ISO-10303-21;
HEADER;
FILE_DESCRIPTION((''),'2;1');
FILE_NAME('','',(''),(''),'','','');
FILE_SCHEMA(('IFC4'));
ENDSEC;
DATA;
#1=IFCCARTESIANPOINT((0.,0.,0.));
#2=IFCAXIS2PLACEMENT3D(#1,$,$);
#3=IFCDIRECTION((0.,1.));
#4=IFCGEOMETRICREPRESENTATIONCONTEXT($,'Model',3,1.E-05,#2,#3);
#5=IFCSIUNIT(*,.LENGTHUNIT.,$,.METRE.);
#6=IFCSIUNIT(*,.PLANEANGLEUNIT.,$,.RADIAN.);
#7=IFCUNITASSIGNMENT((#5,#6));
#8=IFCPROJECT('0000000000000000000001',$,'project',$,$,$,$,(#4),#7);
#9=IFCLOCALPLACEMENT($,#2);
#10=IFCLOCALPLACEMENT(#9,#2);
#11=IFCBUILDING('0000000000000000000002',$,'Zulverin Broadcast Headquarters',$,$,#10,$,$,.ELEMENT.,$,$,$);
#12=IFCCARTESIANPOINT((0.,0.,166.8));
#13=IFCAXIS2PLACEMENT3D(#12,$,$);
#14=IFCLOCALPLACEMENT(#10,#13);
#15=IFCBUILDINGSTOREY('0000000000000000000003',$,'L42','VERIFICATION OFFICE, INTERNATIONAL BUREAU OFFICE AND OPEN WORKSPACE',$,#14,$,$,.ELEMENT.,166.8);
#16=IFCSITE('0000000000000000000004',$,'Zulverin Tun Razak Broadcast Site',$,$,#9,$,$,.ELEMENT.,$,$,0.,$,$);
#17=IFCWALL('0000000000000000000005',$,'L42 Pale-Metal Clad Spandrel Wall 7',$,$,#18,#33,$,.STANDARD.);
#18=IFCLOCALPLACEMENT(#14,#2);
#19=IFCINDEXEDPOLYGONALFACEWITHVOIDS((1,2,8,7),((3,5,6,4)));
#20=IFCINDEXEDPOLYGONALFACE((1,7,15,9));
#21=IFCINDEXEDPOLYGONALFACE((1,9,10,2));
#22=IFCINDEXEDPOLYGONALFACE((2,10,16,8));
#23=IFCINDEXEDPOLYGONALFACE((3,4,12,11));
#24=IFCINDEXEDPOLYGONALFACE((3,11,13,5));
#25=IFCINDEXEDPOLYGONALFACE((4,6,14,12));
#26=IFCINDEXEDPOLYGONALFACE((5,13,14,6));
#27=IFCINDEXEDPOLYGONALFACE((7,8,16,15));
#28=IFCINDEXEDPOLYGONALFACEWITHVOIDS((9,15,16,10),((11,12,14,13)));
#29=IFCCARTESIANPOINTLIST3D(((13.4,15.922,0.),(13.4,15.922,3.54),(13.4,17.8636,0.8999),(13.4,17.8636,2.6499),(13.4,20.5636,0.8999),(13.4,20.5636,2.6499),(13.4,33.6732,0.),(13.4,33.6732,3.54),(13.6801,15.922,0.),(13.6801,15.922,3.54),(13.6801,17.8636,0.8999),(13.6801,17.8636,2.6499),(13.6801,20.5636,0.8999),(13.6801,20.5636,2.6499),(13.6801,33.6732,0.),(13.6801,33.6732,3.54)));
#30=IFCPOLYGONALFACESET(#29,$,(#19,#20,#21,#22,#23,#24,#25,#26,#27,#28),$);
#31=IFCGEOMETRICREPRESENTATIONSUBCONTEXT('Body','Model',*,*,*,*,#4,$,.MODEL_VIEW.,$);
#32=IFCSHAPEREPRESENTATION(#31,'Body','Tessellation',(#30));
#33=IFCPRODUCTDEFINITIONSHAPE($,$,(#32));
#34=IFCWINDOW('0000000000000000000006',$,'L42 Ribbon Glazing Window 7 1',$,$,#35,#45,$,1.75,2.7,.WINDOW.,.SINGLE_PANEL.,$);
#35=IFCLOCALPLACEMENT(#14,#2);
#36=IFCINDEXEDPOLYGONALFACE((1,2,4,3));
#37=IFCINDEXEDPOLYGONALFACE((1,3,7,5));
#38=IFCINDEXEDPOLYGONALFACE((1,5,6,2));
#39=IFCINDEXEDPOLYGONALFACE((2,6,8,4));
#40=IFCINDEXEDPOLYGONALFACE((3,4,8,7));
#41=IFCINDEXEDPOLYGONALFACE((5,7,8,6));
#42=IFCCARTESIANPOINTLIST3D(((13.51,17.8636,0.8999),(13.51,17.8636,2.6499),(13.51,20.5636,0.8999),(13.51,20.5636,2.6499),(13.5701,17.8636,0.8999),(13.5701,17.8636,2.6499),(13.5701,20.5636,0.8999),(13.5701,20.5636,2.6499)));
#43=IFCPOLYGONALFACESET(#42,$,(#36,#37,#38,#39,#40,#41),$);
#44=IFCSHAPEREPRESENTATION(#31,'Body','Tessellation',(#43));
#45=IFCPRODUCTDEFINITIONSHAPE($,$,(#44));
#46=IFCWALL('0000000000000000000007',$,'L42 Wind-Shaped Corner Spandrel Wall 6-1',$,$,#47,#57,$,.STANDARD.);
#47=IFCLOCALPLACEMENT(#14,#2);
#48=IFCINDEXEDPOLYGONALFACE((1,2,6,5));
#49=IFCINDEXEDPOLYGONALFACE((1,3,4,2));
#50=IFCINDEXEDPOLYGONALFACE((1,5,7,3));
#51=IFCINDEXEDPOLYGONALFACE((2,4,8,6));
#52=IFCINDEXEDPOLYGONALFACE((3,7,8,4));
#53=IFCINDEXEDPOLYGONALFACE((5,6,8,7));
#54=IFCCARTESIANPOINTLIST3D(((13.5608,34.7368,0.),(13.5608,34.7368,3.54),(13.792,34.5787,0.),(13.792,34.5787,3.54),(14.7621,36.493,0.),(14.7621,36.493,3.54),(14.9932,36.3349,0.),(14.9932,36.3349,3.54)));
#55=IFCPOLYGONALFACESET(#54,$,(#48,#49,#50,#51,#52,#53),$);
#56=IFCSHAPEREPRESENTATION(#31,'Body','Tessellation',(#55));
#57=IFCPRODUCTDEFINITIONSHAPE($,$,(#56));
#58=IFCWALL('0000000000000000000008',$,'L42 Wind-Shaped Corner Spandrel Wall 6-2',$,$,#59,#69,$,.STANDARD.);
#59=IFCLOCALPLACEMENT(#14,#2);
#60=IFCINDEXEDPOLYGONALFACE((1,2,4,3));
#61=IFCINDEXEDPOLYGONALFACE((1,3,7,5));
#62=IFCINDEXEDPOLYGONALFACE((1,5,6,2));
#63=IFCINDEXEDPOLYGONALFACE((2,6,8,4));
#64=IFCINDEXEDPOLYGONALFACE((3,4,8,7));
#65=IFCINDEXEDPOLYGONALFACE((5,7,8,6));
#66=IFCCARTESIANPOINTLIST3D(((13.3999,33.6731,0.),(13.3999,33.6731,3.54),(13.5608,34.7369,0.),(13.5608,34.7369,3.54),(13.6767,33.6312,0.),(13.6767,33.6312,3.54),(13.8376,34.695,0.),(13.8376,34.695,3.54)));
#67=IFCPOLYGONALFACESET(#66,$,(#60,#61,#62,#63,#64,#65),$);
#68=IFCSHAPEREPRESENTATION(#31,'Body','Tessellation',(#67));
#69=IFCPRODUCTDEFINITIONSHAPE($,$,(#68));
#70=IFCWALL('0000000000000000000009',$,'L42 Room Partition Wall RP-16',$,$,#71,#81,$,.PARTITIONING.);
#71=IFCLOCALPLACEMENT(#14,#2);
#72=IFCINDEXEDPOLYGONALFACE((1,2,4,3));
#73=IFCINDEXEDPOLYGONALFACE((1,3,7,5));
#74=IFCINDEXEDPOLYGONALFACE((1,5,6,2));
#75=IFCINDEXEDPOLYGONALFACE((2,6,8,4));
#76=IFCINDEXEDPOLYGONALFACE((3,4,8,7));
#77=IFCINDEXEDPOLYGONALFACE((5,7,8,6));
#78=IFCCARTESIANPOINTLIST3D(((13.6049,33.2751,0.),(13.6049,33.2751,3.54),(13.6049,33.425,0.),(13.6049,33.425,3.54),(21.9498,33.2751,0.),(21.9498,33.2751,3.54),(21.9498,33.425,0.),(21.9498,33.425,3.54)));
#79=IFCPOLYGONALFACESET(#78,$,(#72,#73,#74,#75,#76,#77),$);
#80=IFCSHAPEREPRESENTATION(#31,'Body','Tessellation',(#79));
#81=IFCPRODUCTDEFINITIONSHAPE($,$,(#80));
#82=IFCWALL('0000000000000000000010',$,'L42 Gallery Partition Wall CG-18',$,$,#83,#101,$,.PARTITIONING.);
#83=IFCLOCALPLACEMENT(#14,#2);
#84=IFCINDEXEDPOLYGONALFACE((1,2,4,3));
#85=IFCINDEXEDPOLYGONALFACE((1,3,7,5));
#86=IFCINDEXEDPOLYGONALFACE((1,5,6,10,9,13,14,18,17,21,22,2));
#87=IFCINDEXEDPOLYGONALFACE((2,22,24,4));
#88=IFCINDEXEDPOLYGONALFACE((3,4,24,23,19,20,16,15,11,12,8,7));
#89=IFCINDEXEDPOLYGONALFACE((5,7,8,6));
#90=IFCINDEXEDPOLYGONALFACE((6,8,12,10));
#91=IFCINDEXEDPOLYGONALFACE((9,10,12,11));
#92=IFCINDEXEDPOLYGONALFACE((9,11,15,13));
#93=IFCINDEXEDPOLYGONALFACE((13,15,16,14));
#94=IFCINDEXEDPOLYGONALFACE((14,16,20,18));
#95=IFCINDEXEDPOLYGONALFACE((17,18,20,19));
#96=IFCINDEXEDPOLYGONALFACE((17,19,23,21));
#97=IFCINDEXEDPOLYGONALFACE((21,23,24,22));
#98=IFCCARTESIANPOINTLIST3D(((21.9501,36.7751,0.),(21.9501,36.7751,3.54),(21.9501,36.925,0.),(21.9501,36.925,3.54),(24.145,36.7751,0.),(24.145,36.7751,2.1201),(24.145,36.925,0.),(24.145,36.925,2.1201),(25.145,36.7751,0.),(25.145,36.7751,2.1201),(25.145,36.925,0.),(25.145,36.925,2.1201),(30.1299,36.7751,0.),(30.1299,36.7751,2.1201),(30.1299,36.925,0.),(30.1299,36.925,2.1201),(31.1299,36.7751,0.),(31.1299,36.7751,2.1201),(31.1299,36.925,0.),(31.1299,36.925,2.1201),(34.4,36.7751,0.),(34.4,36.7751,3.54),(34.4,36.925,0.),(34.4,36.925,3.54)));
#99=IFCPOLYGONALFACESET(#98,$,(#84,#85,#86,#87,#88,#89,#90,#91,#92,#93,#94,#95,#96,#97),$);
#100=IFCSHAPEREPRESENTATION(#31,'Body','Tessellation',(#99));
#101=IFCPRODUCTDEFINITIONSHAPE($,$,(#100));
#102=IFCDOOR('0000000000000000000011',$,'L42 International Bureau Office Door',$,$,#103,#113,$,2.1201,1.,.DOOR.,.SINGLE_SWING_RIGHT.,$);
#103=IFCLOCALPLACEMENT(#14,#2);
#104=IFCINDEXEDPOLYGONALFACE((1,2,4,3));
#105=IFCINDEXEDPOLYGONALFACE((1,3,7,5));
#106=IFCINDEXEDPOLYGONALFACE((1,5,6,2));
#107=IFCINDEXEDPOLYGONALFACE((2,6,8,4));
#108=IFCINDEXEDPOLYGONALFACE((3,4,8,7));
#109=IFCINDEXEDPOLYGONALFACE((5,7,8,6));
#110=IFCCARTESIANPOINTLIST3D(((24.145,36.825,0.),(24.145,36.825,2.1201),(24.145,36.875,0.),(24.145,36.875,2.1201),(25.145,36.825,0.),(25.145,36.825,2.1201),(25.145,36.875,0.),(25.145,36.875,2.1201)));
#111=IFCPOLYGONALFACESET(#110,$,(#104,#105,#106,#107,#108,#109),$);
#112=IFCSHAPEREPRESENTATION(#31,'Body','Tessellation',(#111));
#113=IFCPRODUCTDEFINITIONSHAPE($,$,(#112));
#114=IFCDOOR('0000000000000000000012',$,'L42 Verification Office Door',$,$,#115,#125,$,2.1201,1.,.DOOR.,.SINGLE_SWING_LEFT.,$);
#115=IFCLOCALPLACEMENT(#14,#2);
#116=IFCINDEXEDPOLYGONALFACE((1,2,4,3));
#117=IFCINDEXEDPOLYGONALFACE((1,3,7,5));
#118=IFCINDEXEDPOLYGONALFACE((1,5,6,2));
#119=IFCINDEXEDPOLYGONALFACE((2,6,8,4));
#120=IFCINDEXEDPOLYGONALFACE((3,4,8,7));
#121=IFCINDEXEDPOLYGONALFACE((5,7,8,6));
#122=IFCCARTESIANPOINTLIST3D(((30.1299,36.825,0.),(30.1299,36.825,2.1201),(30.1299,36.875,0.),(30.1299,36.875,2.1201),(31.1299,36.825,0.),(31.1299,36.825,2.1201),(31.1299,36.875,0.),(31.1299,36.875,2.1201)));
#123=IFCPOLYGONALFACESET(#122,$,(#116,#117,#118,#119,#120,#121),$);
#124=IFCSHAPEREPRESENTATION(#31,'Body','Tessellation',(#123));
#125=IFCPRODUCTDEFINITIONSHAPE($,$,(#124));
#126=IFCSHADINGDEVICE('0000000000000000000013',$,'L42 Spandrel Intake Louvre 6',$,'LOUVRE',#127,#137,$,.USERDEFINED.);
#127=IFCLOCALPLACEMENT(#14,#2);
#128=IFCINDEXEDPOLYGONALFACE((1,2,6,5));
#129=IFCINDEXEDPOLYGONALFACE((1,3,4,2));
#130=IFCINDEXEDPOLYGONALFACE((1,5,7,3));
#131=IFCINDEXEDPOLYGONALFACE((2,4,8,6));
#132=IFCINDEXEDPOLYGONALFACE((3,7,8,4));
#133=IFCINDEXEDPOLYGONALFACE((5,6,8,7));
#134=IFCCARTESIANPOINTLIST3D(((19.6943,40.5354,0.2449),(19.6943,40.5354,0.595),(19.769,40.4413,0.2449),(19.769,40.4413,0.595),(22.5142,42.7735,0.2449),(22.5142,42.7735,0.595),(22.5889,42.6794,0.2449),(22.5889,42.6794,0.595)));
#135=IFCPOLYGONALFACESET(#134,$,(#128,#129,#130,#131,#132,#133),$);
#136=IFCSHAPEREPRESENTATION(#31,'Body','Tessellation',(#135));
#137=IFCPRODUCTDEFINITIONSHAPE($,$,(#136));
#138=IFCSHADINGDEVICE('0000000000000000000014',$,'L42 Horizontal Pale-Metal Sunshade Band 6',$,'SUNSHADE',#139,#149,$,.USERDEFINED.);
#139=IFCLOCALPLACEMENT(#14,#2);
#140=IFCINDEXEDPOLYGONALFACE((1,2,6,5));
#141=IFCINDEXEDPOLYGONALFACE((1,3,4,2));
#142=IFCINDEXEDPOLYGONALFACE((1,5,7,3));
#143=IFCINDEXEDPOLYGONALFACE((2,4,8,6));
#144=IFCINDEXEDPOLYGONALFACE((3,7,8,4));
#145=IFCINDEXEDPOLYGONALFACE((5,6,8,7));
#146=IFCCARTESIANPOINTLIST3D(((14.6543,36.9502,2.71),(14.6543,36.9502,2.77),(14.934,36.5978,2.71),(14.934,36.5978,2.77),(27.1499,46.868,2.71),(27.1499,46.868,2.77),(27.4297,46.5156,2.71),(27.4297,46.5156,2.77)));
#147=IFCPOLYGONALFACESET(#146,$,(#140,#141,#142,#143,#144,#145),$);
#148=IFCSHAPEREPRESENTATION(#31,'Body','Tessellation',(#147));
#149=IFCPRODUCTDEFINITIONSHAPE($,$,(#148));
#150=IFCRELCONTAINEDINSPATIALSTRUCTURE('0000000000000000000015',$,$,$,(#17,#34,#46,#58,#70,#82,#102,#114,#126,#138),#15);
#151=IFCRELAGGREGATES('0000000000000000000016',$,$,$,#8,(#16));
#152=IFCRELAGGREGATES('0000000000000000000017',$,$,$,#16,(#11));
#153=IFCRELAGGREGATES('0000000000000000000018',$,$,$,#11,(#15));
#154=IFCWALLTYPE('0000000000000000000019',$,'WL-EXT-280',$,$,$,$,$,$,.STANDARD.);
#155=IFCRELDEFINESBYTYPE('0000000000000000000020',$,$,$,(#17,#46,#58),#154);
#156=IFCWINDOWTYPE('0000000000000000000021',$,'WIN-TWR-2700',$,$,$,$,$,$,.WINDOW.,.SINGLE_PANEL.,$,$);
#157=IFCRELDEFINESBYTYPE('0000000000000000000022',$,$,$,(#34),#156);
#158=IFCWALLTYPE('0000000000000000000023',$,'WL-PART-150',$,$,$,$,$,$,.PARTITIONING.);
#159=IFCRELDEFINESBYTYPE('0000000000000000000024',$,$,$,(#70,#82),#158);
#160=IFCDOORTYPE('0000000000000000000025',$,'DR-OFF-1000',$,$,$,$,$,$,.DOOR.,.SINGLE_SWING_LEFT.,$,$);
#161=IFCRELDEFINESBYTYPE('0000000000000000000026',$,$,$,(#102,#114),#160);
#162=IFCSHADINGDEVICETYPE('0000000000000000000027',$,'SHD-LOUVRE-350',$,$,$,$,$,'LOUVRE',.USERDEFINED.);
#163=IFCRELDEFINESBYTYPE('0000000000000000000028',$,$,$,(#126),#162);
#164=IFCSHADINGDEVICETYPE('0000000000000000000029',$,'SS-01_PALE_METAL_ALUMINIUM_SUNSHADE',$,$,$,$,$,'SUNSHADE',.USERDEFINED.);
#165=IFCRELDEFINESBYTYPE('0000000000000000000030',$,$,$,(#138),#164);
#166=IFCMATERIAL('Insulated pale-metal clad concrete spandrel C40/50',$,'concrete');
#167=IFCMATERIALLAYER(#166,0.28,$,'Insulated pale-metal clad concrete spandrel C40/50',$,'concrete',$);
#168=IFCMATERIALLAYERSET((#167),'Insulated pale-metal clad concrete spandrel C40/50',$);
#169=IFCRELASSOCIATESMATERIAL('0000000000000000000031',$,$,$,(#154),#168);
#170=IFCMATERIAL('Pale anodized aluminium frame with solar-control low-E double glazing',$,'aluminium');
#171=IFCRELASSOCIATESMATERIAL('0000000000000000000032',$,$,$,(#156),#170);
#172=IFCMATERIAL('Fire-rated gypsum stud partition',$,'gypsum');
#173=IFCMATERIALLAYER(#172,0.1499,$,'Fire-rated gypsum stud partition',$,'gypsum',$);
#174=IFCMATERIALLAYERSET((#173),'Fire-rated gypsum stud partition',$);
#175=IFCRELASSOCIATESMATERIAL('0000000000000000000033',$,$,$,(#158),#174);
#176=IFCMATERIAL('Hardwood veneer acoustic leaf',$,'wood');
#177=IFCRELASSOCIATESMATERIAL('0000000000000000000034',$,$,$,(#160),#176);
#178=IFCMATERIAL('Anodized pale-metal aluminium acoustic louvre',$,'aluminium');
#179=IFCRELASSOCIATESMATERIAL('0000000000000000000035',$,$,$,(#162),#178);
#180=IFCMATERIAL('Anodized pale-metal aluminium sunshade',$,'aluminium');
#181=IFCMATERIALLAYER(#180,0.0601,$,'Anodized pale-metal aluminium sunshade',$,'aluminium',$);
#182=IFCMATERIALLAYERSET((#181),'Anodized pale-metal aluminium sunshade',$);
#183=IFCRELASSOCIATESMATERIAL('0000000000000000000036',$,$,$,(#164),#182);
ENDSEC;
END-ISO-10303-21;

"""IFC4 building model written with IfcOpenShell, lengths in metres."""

from ifc_helpers import new_model, si_unit, direction, frame, frame_2d, origin, origin_2d, place, context, subcontext, project, spatial, rectangle, extrude, material, layer, layer_set, type_object, element, fill, save


model = new_model("IFC4")

# Units and contexts
model_context = context("Model", 3, precision=1e-05, world=origin(), true_north=direction((0.0, 1.0)))
body_context = subcontext(model_context, "Body", "Model", "MODEL_VIEW")
ifc_project = project(units=[si_unit("LENGTHUNIT", "METRE"), si_unit("PLANEANGLEUNIT", "RADIAN")], contexts=[model_context])

# Site, building, storey
site_placement = place(None, origin())
site = spatial("IfcSite", under=ifc_project, at=site_placement, Name="Zulverin Tun Razak Broadcast Site", CompositionType="ELEMENT", RefElevation=0.0)
building_placement = place(site_placement, origin())
building = spatial("IfcBuilding", under=site, at=building_placement, Name="Zulverin Broadcast Headquarters", CompositionType="ELEMENT")
storey_placement = place(building_placement, frame((0.0, 0.0, 166.8)))
storey = spatial("IfcBuildingStorey", under=building, at=storey_placement, Name="L42", Description="VERIFICATION OFFICE, INTERNATIONAL BUREAU OFFICE AND OPEN WORKSPACE", CompositionType="ELEMENT", Elevation=166.8)

# Wall, opening, window
ifc_material_1 = material(Name="Insulated pale-metal clad concrete spandrel C40/50", Category="concrete")
ifc_layer_1 = layer(ifc_material_1, 0.28, Name="Insulated pale-metal clad concrete spandrel C40/50", Category="concrete")
ifc_layer_set_1 = layer_set([ifc_layer_1], Name="Insulated pale-metal clad concrete spandrel C40/50")
wall_type_1 = type_object("IfcWallType", Name="WL-EXT-280", PredefinedType="STANDARD", material=ifc_layer_set_1)
wall_1_placement = place(storey_placement, frame((13.54, 33.6731, 0.0), z_axis=(0.0, 0.0, 1.0), x_axis=(0.0, -1.0, 0.0)))
wall_1 = element("IfcWall", 1, at=wall_1_placement, inside=storey, type_object=wall_type_1, Name="L42 Pale-Metal Clad Spandrel Wall 7", PredefinedType="STANDARD", context=body_context, shape_type="SweptSolid", body=[
    extrude(rectangle(XDim=17.7512, YDim=0.28, at=frame_2d((8.8755, 0.0))), origin(), (0.0, 0.0, 1.0), 3.54),
])
opening_1_placement = place(wall_1_placement, frame((13.1094, 0.0, 0.8999)))
opening_1 = element("IfcOpeningElement", 2, at=opening_1_placement, cuts=wall_1, PredefinedType="OPENING", context=body_context, shape_type="SweptSolid", body=[
    extrude(rectangle(XDim=2.7, YDim=1.75, at=frame_2d((1.3501, 0.875))), frame((0.0, 0.1499, 0.0), z_axis=(0.0, -1.0, 0.0), x_axis=(1.0, 0.0, 0.0)), (0.0, 0.0, 1.0), 0.3),
])
ifc_material_2 = material(Name="Pale anodized aluminium frame with solar-control low-E double glazing", Category="aluminium")
window_type = type_object("IfcWindowType", Name="WIN-TWR-2700", PartitioningType="SINGLE_PANEL", PredefinedType="WINDOW", material=ifc_material_2)
window_placement = place(opening_1_placement, origin())
window = element("IfcWindow", 3, at=window_placement, inside=storey, type_object=window_type, Name="L42 Ribbon Glazing Window 7 1", OverallHeight=1.75, OverallWidth=2.7, PartitioningType="SINGLE_PANEL", PredefinedType="WINDOW", context=body_context, shape_type="SweptSolid", body=[
    extrude(rectangle(XDim=2.7, YDim=1.75, at=frame_2d((1.3501, 0.875))), frame((0.0, 0.03, 0.0), z_axis=(0.0, -1.0, 0.0), x_axis=(1.0, 0.0, 0.0)), (0.0, 0.0, 1.0), 0.0601),
])
fill(opening_1, window)

# Walls
wall_2_placement = place(storey_placement, frame((14.8777, 36.4141, 0.0), z_axis=(0.0, 0.0, 1.0), x_axis=(-0.564565, -0.825389, 0.0)))
element("IfcWall", 4, at=wall_2_placement, inside=storey, type_object=wall_type_1, Name="L42 Wind-Shaped Corner Spandrel Wall 6-1", PredefinedType="STANDARD", context=body_context, shape_type="SweptSolid", body=[
    extrude(rectangle(XDim=2.1277, YDim=0.28, at=frame_2d((1.064, 0.0))), origin(), (0.0, 0.0, 1.0), 3.54),
])
wall_3_placement = place(storey_placement, frame((13.6992, 34.7161, 0.0), z_axis=(0.0, 0.0, 1.0), x_axis=(-0.14955, -0.988754, 0.0)))
element("IfcWall", 5, at=wall_3_placement, inside=storey, type_object=wall_type_1, Name="L42 Wind-Shaped Corner Spandrel Wall 6-2", PredefinedType="STANDARD", context=body_context, shape_type="SweptSolid", body=[
    extrude(rectangle(XDim=1.0759, YDim=0.28, at=frame_2d((0.5381, 0.0))), origin(), (0.0, 0.0, 1.0), 3.54),
])
ifc_material_3 = material(Name="Fire-rated gypsum stud partition", Category="gypsum")
ifc_layer_2 = layer(ifc_material_3, 0.1499, Name="Fire-rated gypsum stud partition", Category="gypsum")
ifc_layer_set_2 = layer_set([ifc_layer_2], Name="Fire-rated gypsum stud partition")
wall_type_2 = type_object("IfcWallType", Name="WL-PART-150", PredefinedType="PARTITIONING", material=ifc_layer_set_2)
wall_4_placement = place(storey_placement, frame((13.605, 33.3501, 0.0), z_axis=(0.0, 0.0, 1.0), x_axis=(1.0, 0.0, 0.0)))
element("IfcWall", 6, at=wall_4_placement, inside=storey, type_object=wall_type_2, Name="L42 Room Partition Wall RP-16", PredefinedType="PARTITIONING", context=body_context, shape_type="SweptSolid", body=[
    extrude(rectangle(XDim=8.345, YDim=0.1499, at=frame_2d((4.1724, 0.0))), origin(), (0.0, 0.0, 1.0), 3.54),
])

# Wall, openings, doors
wall_5_placement = place(storey_placement, frame((21.95, 36.8501, 0.0), z_axis=(0.0, 0.0, 1.0), x_axis=(1.0, 0.0, 0.0)))
wall_5 = element("IfcWall", 7, at=wall_5_placement, inside=storey, type_object=wall_type_2, Name="L42 Gallery Partition Wall CG-18", PredefinedType="PARTITIONING", context=body_context, shape_type="SweptSolid", body=[
    extrude(rectangle(XDim=12.45, YDim=0.1499, at=frame_2d((6.2251, 0.0))), origin(), (0.0, 0.0, 1.0), 3.54),
])
opening_2_placement = place(wall_5_placement, frame((2.1951, 0.0, 0.0)))
opening_2 = element("IfcOpeningElement", 8, at=opening_2_placement, cuts=wall_5, PredefinedType="OPENING", context=body_context, shape_type="SweptSolid", body=[
    extrude(rectangle(XDim=1.0, YDim=2.1201, at=frame_2d((0.5, 1.0601))), frame((0.0, 0.085, 0.0), z_axis=(0.0, -1.0, 0.0), x_axis=(1.0, 0.0, 0.0)), (0.0, 0.0, 1.0), 0.1699),
])
opening_3_placement = place(wall_5_placement, frame((8.1799, 0.0, 0.0)))
opening_3 = element("IfcOpeningElement", 9, at=opening_3_placement, cuts=wall_5, PredefinedType="OPENING", context=body_context, shape_type="SweptSolid", body=[
    extrude(rectangle(XDim=1.0, YDim=2.1201, at=frame_2d((0.5, 1.0601))), frame((0.0, 0.085, 0.0), z_axis=(0.0, -1.0, 0.0), x_axis=(1.0, 0.0, 0.0)), (0.0, 0.0, 1.0), 0.1699),
])
ifc_material_4 = material(Name="Hardwood veneer acoustic leaf", Category="wood")
door_type = type_object("IfcDoorType", Name="DR-OFF-1000", OperationType="SINGLE_SWING_LEFT", PredefinedType="DOOR", material=ifc_material_4)
door_1_placement = place(opening_2_placement, origin())
door_1 = element("IfcDoor", 10, at=door_1_placement, inside=storey, type_object=door_type, Name="L42 International Bureau Office Door", OperationType="SINGLE_SWING_RIGHT", OverallHeight=2.1201, OverallWidth=1.0, PredefinedType="DOOR", context=body_context, shape_type="SweptSolid", body=[
    extrude(rectangle(XDim=1.0, YDim=2.1201, at=frame_2d((0.5, 1.0601))), frame((0.0, 0.0249, 0.0), z_axis=(0.0, -1.0, 0.0), x_axis=(1.0, 0.0, 0.0)), (0.0, 0.0, 1.0), 0.05),
])
fill(opening_2, door_1)
door_2_placement = place(opening_3_placement, origin())
door_2 = element("IfcDoor", 11, at=door_2_placement, inside=storey, type_object=door_type, Name="L42 Verification Office Door", OperationType="SINGLE_SWING_LEFT", OverallHeight=2.1201, OverallWidth=1.0, PredefinedType="DOOR", context=body_context, shape_type="SweptSolid", body=[
    extrude(rectangle(XDim=1.0, YDim=2.1201, at=frame_2d((0.5, 1.0601))), frame((0.0, 0.0249, 0.0), z_axis=(0.0, -1.0, 0.0), x_axis=(1.0, 0.0, 0.0)), (0.0, 0.0, 1.0), 0.05),
])
fill(opening_3, door_2)

# Shading devices
ifc_material_5 = material(Name="Anodized pale-metal aluminium acoustic louvre", Category="aluminium")
shading_device_type_1 = type_object("IfcShadingDeviceType", Name="SHD-LOUVRE-350", ElementType="LOUVRE", PredefinedType="USERDEFINED", material=ifc_material_5)
shading_device_1_placement = place(storey_placement, frame((21.1416, 41.6074, 0.2449), z_axis=(0.0, 0.0, 1.0), x_axis=(-0.78327, -0.621681, 0.0)))
element("IfcShadingDevice", 12, at=shading_device_1_placement, inside=storey, type_object=shading_device_type_1, Name="L42 Spandrel Intake Louvre 6", ObjectType="LOUVRE", PredefinedType="USERDEFINED", context=body_context, shape_type="SweptSolid", body=[
    extrude(rectangle(XDim=3.6001, YDim=0.1201, at=origin_2d()), origin(), (0.0, 0.0, 1.0), 0.3501),
])
ifc_material_6 = material(Name="Anodized pale-metal aluminium sunshade", Category="aluminium")
ifc_layer_3 = layer(ifc_material_6, 0.0601, Name="Anodized pale-metal aluminium sunshade", Category="aluminium")
ifc_layer_set_3 = layer_set([ifc_layer_3], Name="Anodized pale-metal aluminium sunshade")
shading_device_type_2 = type_object("IfcShadingDeviceType", Name="SS-01_PALE_METAL_ALUMINIUM_SUNSHADE", ElementType="SUNSHADE", PredefinedType="USERDEFINED", material=ifc_layer_set_3)
shading_device_2_placement = place(storey_placement, frame((21.042, 41.7329, 2.71), z_axis=(0.0, 0.0, 1.0), x_axis=(-0.78327, -0.621681, 0.0)))
element("IfcShadingDevice", 13, at=shading_device_2_placement, inside=storey, type_object=shading_device_type_2, Name="L42 Horizontal Pale-Metal Sunshade Band 6", ObjectType="SUNSHADE", PredefinedType="USERDEFINED", context=body_context, shape_type="SweptSolid", body=[
    extrude(rectangle(XDim=15.9531, YDim=0.45, at=origin_2d()), origin(), (0.0, 0.0, 1.0), 0.0601),
])

save(model, "model.ifc")
